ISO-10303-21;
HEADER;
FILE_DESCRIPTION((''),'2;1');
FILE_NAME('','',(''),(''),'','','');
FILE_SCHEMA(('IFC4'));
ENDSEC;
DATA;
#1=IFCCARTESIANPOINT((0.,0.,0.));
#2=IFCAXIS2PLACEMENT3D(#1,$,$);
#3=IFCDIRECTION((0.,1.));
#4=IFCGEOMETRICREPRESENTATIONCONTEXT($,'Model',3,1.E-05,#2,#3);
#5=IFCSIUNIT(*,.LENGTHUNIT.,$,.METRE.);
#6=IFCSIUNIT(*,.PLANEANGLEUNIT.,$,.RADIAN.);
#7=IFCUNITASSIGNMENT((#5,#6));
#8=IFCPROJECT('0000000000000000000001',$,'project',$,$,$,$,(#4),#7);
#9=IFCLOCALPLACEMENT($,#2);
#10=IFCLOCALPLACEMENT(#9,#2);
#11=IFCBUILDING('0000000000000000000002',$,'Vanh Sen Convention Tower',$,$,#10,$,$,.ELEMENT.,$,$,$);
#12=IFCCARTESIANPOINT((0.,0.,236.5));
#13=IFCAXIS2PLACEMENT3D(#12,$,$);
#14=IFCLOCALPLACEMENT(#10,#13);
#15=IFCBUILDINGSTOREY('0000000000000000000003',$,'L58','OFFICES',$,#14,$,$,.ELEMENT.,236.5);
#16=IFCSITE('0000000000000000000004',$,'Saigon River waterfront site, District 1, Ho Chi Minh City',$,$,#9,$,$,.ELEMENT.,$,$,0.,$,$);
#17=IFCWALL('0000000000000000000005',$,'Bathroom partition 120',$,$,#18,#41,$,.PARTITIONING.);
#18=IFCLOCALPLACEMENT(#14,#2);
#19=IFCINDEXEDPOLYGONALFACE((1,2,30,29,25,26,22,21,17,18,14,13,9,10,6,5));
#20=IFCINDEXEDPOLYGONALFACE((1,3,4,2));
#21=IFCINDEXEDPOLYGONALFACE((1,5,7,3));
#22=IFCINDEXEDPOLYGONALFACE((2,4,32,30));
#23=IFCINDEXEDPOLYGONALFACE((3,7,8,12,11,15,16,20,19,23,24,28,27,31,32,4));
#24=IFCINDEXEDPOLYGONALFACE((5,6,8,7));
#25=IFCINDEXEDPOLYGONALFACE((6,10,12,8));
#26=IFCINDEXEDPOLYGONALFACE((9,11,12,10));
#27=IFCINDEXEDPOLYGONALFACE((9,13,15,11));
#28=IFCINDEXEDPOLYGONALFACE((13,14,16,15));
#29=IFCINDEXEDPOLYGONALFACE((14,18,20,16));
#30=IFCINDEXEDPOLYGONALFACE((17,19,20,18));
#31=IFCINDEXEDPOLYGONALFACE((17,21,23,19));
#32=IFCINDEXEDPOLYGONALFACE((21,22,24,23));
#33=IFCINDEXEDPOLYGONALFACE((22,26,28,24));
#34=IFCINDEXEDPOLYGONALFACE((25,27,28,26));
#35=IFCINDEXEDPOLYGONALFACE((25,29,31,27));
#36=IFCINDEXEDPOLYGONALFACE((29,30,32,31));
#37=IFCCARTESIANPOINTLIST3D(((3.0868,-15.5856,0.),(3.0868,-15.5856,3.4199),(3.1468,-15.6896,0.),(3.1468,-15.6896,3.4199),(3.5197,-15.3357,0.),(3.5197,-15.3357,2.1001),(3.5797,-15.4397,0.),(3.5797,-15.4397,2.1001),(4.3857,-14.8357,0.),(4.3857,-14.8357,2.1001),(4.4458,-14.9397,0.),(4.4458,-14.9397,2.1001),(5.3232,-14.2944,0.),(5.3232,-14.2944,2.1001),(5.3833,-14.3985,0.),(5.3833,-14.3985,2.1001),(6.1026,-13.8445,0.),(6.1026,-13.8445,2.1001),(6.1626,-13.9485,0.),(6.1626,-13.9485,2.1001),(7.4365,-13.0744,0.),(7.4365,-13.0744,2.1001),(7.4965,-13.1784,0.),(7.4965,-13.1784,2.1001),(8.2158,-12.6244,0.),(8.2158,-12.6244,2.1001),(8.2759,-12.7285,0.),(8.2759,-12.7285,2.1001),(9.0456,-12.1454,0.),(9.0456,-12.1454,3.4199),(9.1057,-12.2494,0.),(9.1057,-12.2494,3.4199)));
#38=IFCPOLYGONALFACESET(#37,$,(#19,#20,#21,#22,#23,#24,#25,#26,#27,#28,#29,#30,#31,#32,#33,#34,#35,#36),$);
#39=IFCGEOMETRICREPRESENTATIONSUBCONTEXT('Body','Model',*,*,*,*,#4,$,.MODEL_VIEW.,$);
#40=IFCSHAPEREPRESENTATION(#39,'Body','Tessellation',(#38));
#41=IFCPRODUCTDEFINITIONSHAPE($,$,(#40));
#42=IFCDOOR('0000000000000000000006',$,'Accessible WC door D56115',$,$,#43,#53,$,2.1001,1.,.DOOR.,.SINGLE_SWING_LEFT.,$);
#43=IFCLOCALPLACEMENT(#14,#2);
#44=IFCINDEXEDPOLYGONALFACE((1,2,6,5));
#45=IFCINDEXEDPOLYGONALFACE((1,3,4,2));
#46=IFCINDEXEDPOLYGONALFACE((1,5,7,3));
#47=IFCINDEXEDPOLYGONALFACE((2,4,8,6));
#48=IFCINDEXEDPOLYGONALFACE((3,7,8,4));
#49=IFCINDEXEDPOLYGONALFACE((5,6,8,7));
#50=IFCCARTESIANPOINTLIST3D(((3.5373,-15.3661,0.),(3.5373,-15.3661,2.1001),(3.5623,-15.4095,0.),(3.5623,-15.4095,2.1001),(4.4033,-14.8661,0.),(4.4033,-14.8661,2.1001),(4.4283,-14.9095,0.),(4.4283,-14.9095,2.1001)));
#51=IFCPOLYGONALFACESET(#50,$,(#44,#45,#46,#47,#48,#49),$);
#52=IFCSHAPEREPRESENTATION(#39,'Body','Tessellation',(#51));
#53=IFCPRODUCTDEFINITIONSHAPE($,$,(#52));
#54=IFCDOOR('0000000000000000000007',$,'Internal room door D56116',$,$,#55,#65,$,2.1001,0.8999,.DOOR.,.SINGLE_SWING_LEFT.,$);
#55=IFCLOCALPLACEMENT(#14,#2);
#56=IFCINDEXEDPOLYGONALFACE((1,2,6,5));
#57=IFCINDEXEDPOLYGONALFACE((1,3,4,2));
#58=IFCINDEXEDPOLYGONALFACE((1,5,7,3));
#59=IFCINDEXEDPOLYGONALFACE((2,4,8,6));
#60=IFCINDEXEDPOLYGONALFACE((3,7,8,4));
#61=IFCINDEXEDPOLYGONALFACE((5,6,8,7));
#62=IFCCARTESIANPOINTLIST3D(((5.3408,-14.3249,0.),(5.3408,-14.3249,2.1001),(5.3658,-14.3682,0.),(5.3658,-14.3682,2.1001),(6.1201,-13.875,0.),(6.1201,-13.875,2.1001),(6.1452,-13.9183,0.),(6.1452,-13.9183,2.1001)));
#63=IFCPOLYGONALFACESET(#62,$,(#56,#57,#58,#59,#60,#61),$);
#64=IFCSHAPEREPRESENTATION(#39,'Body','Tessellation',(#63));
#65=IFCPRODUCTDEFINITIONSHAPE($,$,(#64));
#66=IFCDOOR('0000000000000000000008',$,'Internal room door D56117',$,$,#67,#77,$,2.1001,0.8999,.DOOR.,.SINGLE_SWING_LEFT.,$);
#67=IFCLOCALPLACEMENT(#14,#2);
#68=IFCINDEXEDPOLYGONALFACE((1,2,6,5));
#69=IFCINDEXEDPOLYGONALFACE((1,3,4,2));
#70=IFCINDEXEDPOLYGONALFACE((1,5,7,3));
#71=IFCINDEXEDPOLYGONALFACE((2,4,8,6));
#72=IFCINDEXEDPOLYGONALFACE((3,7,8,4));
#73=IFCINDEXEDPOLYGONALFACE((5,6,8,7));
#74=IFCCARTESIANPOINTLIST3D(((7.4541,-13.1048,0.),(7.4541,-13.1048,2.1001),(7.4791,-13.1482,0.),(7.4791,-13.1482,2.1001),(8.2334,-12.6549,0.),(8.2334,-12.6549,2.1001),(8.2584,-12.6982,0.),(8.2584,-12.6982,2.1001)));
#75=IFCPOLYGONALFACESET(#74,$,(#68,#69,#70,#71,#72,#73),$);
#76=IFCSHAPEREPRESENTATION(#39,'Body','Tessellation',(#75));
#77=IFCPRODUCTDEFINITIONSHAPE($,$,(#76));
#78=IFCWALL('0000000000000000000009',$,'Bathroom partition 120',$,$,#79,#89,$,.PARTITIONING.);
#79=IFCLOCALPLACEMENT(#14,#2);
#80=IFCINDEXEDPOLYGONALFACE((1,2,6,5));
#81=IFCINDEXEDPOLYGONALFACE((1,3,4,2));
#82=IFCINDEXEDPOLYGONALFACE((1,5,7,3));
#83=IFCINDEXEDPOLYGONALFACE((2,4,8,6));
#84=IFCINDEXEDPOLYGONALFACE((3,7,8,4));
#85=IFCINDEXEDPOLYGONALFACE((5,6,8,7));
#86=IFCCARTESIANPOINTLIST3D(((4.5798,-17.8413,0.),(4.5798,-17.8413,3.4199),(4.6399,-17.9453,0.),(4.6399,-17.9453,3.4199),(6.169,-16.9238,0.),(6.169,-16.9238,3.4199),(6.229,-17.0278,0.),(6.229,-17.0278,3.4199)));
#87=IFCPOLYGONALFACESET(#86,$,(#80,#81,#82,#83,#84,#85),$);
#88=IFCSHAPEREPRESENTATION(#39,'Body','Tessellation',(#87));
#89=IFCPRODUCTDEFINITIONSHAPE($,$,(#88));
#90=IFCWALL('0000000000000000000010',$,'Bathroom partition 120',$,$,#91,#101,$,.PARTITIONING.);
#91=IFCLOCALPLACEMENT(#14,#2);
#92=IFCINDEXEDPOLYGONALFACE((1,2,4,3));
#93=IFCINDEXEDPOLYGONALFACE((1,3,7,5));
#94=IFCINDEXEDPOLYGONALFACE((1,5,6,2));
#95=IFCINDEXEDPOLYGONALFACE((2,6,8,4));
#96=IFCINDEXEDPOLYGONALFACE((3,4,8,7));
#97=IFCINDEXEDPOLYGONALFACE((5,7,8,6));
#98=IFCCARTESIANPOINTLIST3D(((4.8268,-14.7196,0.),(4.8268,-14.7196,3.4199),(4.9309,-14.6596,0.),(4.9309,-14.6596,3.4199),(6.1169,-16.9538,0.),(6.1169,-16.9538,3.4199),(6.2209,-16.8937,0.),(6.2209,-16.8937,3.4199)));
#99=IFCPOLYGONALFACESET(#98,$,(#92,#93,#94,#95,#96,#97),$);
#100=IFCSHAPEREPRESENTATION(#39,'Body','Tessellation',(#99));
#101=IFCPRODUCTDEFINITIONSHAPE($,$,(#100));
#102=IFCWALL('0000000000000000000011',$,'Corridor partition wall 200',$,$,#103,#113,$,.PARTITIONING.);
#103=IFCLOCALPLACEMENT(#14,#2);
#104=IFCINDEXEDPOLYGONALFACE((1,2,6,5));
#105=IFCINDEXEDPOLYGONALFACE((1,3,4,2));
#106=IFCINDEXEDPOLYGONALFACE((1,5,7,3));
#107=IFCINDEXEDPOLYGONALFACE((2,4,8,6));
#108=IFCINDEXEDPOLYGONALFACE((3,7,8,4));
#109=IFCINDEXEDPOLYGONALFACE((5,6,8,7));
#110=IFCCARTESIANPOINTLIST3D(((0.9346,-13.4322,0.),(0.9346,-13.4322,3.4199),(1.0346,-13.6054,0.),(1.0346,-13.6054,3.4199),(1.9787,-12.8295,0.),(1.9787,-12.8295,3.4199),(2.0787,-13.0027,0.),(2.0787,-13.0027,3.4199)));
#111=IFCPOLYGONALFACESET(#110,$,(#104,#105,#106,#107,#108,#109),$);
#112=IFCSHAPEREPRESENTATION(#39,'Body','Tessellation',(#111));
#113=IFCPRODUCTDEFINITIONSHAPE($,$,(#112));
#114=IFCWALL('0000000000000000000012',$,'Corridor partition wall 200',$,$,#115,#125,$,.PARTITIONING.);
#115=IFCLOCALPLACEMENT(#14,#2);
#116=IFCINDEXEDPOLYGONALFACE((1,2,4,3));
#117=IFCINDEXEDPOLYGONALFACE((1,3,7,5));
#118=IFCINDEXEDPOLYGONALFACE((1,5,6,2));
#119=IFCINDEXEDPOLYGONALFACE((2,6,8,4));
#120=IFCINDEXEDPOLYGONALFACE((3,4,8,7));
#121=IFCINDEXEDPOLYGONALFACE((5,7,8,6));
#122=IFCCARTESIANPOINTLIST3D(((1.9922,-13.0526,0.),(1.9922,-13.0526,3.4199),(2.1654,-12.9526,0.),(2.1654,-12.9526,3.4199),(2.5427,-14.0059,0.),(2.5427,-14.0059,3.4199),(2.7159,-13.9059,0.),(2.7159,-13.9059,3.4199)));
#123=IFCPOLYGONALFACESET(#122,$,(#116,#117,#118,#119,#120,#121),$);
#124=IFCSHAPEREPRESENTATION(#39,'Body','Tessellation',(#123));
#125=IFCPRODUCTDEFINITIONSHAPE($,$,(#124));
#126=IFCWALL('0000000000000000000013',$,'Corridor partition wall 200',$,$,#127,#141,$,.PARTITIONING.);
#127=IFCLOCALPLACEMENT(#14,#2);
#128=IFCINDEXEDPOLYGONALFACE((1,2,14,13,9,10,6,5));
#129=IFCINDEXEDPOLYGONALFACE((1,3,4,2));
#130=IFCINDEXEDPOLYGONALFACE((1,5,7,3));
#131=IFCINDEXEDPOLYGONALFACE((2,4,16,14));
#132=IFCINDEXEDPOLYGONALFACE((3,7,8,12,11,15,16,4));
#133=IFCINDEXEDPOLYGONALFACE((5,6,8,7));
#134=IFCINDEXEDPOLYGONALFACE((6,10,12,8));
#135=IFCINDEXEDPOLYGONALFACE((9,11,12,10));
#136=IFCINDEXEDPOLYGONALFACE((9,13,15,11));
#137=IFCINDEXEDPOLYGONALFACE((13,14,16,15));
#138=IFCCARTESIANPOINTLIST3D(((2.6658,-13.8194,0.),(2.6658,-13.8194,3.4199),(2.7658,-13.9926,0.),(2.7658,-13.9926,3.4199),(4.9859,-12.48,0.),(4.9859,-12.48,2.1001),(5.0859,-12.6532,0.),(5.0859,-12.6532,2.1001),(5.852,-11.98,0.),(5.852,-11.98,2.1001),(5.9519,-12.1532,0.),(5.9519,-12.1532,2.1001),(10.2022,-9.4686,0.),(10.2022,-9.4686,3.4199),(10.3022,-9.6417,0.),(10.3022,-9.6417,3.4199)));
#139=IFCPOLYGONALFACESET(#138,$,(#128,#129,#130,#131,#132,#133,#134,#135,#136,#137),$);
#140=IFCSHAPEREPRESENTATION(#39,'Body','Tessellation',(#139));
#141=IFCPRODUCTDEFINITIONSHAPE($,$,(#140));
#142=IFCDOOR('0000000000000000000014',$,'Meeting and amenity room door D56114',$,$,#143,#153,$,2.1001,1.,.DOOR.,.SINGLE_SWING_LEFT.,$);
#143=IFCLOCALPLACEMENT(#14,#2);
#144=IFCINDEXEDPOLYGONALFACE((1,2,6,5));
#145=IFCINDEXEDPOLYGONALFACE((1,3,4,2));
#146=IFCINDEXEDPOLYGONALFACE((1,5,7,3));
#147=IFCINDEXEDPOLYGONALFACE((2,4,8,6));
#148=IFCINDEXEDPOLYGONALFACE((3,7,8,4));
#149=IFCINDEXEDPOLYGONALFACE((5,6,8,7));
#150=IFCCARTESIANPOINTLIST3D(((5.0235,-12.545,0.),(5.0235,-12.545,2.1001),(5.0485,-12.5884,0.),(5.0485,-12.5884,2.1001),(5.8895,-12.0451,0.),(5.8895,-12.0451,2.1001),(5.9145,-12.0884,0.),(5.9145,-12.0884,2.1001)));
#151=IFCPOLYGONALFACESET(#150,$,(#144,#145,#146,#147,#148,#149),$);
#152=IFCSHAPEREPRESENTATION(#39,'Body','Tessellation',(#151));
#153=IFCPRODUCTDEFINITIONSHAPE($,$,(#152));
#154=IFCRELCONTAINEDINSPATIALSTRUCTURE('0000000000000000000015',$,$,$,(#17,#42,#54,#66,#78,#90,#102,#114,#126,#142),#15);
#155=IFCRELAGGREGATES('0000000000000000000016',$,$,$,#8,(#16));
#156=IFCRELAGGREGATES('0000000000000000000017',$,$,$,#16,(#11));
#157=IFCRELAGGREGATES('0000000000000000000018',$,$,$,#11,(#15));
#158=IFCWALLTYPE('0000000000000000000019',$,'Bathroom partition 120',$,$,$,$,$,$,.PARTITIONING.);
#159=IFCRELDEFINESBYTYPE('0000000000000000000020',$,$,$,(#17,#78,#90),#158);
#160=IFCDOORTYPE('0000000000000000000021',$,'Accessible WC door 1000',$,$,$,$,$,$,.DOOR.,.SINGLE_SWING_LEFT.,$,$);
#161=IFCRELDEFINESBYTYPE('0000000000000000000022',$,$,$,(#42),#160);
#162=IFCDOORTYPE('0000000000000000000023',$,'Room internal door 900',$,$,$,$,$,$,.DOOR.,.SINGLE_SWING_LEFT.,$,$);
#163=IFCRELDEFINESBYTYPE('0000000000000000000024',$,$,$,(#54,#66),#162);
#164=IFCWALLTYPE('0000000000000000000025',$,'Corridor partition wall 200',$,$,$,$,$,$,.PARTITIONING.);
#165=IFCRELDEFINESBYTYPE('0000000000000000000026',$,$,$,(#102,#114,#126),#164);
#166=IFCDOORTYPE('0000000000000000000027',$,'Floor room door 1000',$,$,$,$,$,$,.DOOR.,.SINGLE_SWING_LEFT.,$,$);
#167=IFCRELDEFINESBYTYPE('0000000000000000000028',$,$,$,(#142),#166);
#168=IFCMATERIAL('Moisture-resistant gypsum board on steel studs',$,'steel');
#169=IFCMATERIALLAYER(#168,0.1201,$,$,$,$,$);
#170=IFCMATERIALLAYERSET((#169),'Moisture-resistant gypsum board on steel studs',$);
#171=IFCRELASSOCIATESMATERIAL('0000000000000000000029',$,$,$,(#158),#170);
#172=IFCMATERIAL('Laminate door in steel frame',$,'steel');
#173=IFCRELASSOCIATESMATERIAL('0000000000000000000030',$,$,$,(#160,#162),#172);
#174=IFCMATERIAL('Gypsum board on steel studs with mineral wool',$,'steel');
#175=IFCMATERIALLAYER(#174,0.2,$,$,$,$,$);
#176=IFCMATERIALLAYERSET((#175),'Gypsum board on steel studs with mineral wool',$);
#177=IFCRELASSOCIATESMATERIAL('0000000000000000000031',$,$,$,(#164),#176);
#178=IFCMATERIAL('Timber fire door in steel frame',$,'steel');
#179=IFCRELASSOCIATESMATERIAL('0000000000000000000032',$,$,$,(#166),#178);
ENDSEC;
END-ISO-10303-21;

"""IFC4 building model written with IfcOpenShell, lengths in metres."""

from ifc_helpers import new_model, si_unit, direction, frame, frame_2d, origin, place, context, subcontext, project, spatial, rectangle, extrude, material, layer, layer_set, type_object, element, fill, save


model = new_model("IFC4")

# Units and contexts
model_context = context("Model", 3, precision=1e-05, world=origin(), true_north=direction((0.0, 1.0)))
body_context = subcontext(model_context, "Body", "Model", "MODEL_VIEW")
ifc_project = project(units=[si_unit("LENGTHUNIT", "METRE"), si_unit("PLANEANGLEUNIT", "RADIAN")], contexts=[model_context])

# Site, building, storey
site_placement = place(None, origin())
site = spatial("IfcSite", under=ifc_project, at=site_placement, Name="Saigon River waterfront site, District 1, Ho Chi Minh City", CompositionType="ELEMENT", RefElevation=0.0)
building_placement = place(site_placement, origin())
building = spatial("IfcBuilding", under=site, at=building_placement, Name="Vanh Sen Convention Tower", CompositionType="ELEMENT")
storey_placement = place(building_placement, frame((0.0, 0.0, 236.5)))
storey = spatial("IfcBuildingStorey", under=building, at=storey_placement, Name="L58", Description="OFFICES", CompositionType="ELEMENT", Elevation=236.5)

# Wall, openings, doors
ifc_material_1 = material(Name="Moisture-resistant gypsum board on steel studs", Category="steel")
ifc_layer_1 = layer(ifc_material_1, 0.1201)
ifc_layer_set_1 = layer_set([ifc_layer_1], Name="Moisture-resistant gypsum board on steel studs")
wall_type_1 = type_object("IfcWallType", Name="Bathroom partition 120", PredefinedType="PARTITIONING", material=ifc_layer_set_1)
wall_1_placement = place(storey_placement, frame((3.1167, -15.6377, 0.0), z_axis=(0.0, 0.0, 1.0), x_axis=(0.866031, 0.49999, 0.0)))
wall_1 = element("IfcWall", 1, at=wall_1_placement, inside=storey, type_object=wall_type_1, Name="Bathroom partition 120", PredefinedType="PARTITIONING", context=body_context, shape_type="SweptSolid", body=[
    extrude(rectangle(XDim=6.8806, YDim=0.1201, at=frame_2d((3.4404, 0.0))), origin(), (0.0, 0.0, 1.0), 3.4199),
])
opening_1_placement = place(wall_1_placement, frame((0.5, 0.0, 0.0)))
opening_1 = element("IfcOpeningElement", 2, at=opening_1_placement, cuts=wall_1, PredefinedType="OPENING", context=body_context, shape_type="SweptSolid", body=[
    extrude(rectangle(XDim=1.0, YDim=2.1001, at=frame_2d((0.5, 1.05))), frame((0.0, 0.0701, 0.0), z_axis=(0.0, -1.0, 0.0), x_axis=(1.0, 0.0, 0.0)), (0.0, 0.0, 1.0), 0.1401),
])
opening_2_placement = place(wall_1_placement, frame((2.5825, 0.0, 0.0)))
opening_2 = element("IfcOpeningElement", 3, at=opening_2_placement, cuts=wall_1, PredefinedType="OPENING", context=body_context, shape_type="SweptSolid", body=[
    extrude(rectangle(XDim=0.8999, YDim=2.1001, at=frame_2d((0.45, 1.05))), frame((0.0, 0.0701, 0.0), z_axis=(0.0, -1.0, 0.0), x_axis=(1.0, 0.0, 0.0)), (0.0, 0.0, 1.0), 0.1401),
])
opening_3_placement = place(wall_1_placement, frame((5.0227, 0.0, 0.0)))
opening_3 = element("IfcOpeningElement", 4, at=opening_3_placement, cuts=wall_1, PredefinedType="OPENING", context=body_context, shape_type="SweptSolid", body=[
    extrude(rectangle(XDim=0.8999, YDim=2.1001, at=frame_2d((0.45, 1.05))), frame((0.0, 0.0701, 0.0), z_axis=(0.0, -1.0, 0.0), x_axis=(1.0, 0.0, 0.0)), (0.0, 0.0, 1.0), 0.1401),
])
ifc_material_2 = material(Name="Laminate door in steel frame", Category="steel")
door_type_1 = type_object("IfcDoorType", Name="Accessible WC door 1000", OperationType="SINGLE_SWING_LEFT", PredefinedType="DOOR", material=ifc_material_2)
door_1_placement = place(opening_1_placement, origin())
door_1 = element("IfcDoor", 5, at=door_1_placement, inside=storey, type_object=door_type_1, Name="Accessible WC door D56115", OperationType="SINGLE_SWING_LEFT", OverallHeight=2.1001, OverallWidth=1.0, PredefinedType="DOOR", context=body_context, shape_type="SweptSolid", body=[
    extrude(rectangle(XDim=1.0, YDim=2.1001, at=frame_2d((0.5, 1.05))), frame((0.0, 0.0249, 0.0), z_axis=(0.0, -1.0, 0.0), x_axis=(1.0, 0.0, 0.0)), (0.0, 0.0, 1.0), 0.05),
])
fill(opening_1, door_1)
door_type_2 = type_object("IfcDoorType", Name="Room internal door 900", OperationType="SINGLE_SWING_LEFT", PredefinedType="DOOR", material=ifc_material_2)
door_2_placement = place(opening_2_placement, origin())
door_2 = element("IfcDoor", 6, at=door_2_placement, inside=storey, type_object=door_type_2, Name="Internal room door D56116", OperationType="SINGLE_SWING_LEFT", OverallHeight=2.1001, OverallWidth=0.8999, PredefinedType="DOOR", context=body_context, shape_type="SweptSolid", body=[
    extrude(rectangle(XDim=0.8999, YDim=2.1001, at=frame_2d((0.45, 1.05))), frame((0.0, 0.0249, 0.0), z_axis=(0.0, -1.0, 0.0), x_axis=(1.0, 0.0, 0.0)), (0.0, 0.0, 1.0), 0.05),
])
fill(opening_2, door_2)
door_3_placement = place(opening_3_placement, origin())
door_3 = element("IfcDoor", 7, at=door_3_placement, inside=storey, type_object=door_type_2, Name="Internal room door D56117", OperationType="SINGLE_SWING_LEFT", OverallHeight=2.1001, OverallWidth=0.8999, PredefinedType="DOOR", context=body_context, shape_type="SweptSolid", body=[
    extrude(rectangle(XDim=0.8999, YDim=2.1001, at=frame_2d((0.45, 1.05))), frame((0.0, 0.0249, 0.0), z_axis=(0.0, -1.0, 0.0), x_axis=(1.0, 0.0, 0.0)), (0.0, 0.0, 1.0), 0.05),
])
fill(opening_3, door_3)

# Walls
wall_2_placement = place(storey_placement, frame((4.6099, -17.8933, 0.0), z_axis=(0.0, 0.0, 1.0), x_axis=(0.866024, 0.500003, 0.0)))
element("IfcWall", 8, at=wall_2_placement, inside=storey, type_object=wall_type_1, Name="Bathroom partition 120", PredefinedType="PARTITIONING", context=body_context, shape_type="SweptSolid", body=[
    extrude(rectangle(XDim=1.835, YDim=0.1201, at=frame_2d((0.9175, 0.0))), origin(), (0.0, 0.0, 1.0), 3.4199),
])
wall_3_placement = place(storey_placement, frame((6.1689, -16.9238, 0.0), z_axis=(0.0, 0.0, 1.0), x_axis=(-0.500047, 0.865998, 0.0)))
element("IfcWall", 9, at=wall_3_placement, inside=storey, type_object=wall_type_1, Name="Bathroom partition 120", PredefinedType="PARTITIONING", context=body_context, shape_type="SweptSolid", body=[
    extrude(rectangle(XDim=2.5798, YDim=0.1201, at=frame_2d((1.29, 0.0))), origin(), (0.0, 0.0, 1.0), 3.4199),
])
ifc_material_3 = material(Name="Gypsum board on steel studs with mineral wool", Category="steel")
ifc_layer_2 = layer(ifc_material_3, 0.2)
ifc_layer_set_2 = layer_set([ifc_layer_2], Name="Gypsum board on steel studs with mineral wool")
wall_type_2 = type_object("IfcWallType", Name="Corridor partition wall 200", PredefinedType="PARTITIONING", material=ifc_layer_set_2)
wall_4_placement = place(storey_placement, frame((0.9846, -13.5188, 0.0), z_axis=(0.0, 0.0, 1.0), x_axis=(0.866054, 0.49995, 0.0)))
element("IfcWall", 10, at=wall_4_placement, inside=storey, type_object=wall_type_2, Name="Corridor partition wall 200", PredefinedType="PARTITIONING", context=body_context, shape_type="SweptSolid", body=[
    extrude(rectangle(XDim=1.2056, YDim=0.2, at=frame_2d((0.6028, 0.0))), origin(), (0.0, 0.0, 1.0), 3.4199),
])
wall_5_placement = place(storey_placement, frame((2.0789, -13.0027, 0.0), z_axis=(0.0, 0.0, 1.0), x_axis=(0.500074, -0.865982, 0.0)))
element("IfcWall", 11, at=wall_5_placement, inside=storey, type_object=wall_type_2, Name="Corridor partition wall 200", PredefinedType="PARTITIONING", context=body_context, shape_type="SweptSolid", body=[
    extrude(rectangle(XDim=1.1008, YDim=0.2, at=frame_2d((0.5503, 0.0))), origin(), (0.0, 0.0, 1.0), 3.4199),
])

# Wall, opening, door
wall_6_placement = place(storey_placement, frame((2.7158, -13.906, 0.0), z_axis=(0.0, 0.0, 1.0), x_axis=(0.86604, 0.499974, 0.0)))
wall_6 = element("IfcWall", 12, at=wall_6_placement, inside=storey, type_object=wall_type_2, Name="Corridor partition wall 200", PredefinedType="PARTITIONING", context=body_context, shape_type="SweptSolid", body=[
    extrude(rectangle(XDim=8.7021, YDim=0.2, at=frame_2d((4.3511, 0.0))), origin(), (0.0, 0.0, 1.0), 3.4199),
])
opening_4_placement = place(wall_6_placement, frame((2.679, 0.0, 0.0)))
opening_4 = element("IfcOpeningElement", 13, at=opening_4_placement, cuts=wall_6, PredefinedType="OPENING", context=body_context, shape_type="SweptSolid", body=[
    extrude(rectangle(XDim=1.0, YDim=2.1001, at=frame_2d((0.5, 1.05))), frame((0.0, 0.1099, 0.0), z_axis=(0.0, -1.0, 0.0), x_axis=(1.0, 0.0, 0.0)), (0.0, 0.0, 1.0), 0.22),
])
ifc_material_4 = material(Name="Timber fire door in steel frame", Category="steel")
door_type_3 = type_object("IfcDoorType", Name="Floor room door 1000", OperationType="SINGLE_SWING_LEFT", PredefinedType="DOOR", material=ifc_material_4)
door_4_placement = place(opening_4_placement, origin())
door_4 = element("IfcDoor", 14, at=door_4_placement, inside=storey, type_object=door_type_3, Name="Meeting and amenity room door D56114", OperationType="SINGLE_SWING_LEFT", OverallHeight=2.1001, OverallWidth=1.0, PredefinedType="DOOR", context=body_context, shape_type="SweptSolid", body=[
    extrude(rectangle(XDim=1.0, YDim=2.1001, at=frame_2d((0.5, 1.05))), frame((0.0, 0.0249, 0.0), z_axis=(0.0, -1.0, 0.0), x_axis=(1.0, 0.0, 0.0)), (0.0, 0.0, 1.0), 0.05),
])
fill(opening_4, door_4)

save(model, "model.ifc")
